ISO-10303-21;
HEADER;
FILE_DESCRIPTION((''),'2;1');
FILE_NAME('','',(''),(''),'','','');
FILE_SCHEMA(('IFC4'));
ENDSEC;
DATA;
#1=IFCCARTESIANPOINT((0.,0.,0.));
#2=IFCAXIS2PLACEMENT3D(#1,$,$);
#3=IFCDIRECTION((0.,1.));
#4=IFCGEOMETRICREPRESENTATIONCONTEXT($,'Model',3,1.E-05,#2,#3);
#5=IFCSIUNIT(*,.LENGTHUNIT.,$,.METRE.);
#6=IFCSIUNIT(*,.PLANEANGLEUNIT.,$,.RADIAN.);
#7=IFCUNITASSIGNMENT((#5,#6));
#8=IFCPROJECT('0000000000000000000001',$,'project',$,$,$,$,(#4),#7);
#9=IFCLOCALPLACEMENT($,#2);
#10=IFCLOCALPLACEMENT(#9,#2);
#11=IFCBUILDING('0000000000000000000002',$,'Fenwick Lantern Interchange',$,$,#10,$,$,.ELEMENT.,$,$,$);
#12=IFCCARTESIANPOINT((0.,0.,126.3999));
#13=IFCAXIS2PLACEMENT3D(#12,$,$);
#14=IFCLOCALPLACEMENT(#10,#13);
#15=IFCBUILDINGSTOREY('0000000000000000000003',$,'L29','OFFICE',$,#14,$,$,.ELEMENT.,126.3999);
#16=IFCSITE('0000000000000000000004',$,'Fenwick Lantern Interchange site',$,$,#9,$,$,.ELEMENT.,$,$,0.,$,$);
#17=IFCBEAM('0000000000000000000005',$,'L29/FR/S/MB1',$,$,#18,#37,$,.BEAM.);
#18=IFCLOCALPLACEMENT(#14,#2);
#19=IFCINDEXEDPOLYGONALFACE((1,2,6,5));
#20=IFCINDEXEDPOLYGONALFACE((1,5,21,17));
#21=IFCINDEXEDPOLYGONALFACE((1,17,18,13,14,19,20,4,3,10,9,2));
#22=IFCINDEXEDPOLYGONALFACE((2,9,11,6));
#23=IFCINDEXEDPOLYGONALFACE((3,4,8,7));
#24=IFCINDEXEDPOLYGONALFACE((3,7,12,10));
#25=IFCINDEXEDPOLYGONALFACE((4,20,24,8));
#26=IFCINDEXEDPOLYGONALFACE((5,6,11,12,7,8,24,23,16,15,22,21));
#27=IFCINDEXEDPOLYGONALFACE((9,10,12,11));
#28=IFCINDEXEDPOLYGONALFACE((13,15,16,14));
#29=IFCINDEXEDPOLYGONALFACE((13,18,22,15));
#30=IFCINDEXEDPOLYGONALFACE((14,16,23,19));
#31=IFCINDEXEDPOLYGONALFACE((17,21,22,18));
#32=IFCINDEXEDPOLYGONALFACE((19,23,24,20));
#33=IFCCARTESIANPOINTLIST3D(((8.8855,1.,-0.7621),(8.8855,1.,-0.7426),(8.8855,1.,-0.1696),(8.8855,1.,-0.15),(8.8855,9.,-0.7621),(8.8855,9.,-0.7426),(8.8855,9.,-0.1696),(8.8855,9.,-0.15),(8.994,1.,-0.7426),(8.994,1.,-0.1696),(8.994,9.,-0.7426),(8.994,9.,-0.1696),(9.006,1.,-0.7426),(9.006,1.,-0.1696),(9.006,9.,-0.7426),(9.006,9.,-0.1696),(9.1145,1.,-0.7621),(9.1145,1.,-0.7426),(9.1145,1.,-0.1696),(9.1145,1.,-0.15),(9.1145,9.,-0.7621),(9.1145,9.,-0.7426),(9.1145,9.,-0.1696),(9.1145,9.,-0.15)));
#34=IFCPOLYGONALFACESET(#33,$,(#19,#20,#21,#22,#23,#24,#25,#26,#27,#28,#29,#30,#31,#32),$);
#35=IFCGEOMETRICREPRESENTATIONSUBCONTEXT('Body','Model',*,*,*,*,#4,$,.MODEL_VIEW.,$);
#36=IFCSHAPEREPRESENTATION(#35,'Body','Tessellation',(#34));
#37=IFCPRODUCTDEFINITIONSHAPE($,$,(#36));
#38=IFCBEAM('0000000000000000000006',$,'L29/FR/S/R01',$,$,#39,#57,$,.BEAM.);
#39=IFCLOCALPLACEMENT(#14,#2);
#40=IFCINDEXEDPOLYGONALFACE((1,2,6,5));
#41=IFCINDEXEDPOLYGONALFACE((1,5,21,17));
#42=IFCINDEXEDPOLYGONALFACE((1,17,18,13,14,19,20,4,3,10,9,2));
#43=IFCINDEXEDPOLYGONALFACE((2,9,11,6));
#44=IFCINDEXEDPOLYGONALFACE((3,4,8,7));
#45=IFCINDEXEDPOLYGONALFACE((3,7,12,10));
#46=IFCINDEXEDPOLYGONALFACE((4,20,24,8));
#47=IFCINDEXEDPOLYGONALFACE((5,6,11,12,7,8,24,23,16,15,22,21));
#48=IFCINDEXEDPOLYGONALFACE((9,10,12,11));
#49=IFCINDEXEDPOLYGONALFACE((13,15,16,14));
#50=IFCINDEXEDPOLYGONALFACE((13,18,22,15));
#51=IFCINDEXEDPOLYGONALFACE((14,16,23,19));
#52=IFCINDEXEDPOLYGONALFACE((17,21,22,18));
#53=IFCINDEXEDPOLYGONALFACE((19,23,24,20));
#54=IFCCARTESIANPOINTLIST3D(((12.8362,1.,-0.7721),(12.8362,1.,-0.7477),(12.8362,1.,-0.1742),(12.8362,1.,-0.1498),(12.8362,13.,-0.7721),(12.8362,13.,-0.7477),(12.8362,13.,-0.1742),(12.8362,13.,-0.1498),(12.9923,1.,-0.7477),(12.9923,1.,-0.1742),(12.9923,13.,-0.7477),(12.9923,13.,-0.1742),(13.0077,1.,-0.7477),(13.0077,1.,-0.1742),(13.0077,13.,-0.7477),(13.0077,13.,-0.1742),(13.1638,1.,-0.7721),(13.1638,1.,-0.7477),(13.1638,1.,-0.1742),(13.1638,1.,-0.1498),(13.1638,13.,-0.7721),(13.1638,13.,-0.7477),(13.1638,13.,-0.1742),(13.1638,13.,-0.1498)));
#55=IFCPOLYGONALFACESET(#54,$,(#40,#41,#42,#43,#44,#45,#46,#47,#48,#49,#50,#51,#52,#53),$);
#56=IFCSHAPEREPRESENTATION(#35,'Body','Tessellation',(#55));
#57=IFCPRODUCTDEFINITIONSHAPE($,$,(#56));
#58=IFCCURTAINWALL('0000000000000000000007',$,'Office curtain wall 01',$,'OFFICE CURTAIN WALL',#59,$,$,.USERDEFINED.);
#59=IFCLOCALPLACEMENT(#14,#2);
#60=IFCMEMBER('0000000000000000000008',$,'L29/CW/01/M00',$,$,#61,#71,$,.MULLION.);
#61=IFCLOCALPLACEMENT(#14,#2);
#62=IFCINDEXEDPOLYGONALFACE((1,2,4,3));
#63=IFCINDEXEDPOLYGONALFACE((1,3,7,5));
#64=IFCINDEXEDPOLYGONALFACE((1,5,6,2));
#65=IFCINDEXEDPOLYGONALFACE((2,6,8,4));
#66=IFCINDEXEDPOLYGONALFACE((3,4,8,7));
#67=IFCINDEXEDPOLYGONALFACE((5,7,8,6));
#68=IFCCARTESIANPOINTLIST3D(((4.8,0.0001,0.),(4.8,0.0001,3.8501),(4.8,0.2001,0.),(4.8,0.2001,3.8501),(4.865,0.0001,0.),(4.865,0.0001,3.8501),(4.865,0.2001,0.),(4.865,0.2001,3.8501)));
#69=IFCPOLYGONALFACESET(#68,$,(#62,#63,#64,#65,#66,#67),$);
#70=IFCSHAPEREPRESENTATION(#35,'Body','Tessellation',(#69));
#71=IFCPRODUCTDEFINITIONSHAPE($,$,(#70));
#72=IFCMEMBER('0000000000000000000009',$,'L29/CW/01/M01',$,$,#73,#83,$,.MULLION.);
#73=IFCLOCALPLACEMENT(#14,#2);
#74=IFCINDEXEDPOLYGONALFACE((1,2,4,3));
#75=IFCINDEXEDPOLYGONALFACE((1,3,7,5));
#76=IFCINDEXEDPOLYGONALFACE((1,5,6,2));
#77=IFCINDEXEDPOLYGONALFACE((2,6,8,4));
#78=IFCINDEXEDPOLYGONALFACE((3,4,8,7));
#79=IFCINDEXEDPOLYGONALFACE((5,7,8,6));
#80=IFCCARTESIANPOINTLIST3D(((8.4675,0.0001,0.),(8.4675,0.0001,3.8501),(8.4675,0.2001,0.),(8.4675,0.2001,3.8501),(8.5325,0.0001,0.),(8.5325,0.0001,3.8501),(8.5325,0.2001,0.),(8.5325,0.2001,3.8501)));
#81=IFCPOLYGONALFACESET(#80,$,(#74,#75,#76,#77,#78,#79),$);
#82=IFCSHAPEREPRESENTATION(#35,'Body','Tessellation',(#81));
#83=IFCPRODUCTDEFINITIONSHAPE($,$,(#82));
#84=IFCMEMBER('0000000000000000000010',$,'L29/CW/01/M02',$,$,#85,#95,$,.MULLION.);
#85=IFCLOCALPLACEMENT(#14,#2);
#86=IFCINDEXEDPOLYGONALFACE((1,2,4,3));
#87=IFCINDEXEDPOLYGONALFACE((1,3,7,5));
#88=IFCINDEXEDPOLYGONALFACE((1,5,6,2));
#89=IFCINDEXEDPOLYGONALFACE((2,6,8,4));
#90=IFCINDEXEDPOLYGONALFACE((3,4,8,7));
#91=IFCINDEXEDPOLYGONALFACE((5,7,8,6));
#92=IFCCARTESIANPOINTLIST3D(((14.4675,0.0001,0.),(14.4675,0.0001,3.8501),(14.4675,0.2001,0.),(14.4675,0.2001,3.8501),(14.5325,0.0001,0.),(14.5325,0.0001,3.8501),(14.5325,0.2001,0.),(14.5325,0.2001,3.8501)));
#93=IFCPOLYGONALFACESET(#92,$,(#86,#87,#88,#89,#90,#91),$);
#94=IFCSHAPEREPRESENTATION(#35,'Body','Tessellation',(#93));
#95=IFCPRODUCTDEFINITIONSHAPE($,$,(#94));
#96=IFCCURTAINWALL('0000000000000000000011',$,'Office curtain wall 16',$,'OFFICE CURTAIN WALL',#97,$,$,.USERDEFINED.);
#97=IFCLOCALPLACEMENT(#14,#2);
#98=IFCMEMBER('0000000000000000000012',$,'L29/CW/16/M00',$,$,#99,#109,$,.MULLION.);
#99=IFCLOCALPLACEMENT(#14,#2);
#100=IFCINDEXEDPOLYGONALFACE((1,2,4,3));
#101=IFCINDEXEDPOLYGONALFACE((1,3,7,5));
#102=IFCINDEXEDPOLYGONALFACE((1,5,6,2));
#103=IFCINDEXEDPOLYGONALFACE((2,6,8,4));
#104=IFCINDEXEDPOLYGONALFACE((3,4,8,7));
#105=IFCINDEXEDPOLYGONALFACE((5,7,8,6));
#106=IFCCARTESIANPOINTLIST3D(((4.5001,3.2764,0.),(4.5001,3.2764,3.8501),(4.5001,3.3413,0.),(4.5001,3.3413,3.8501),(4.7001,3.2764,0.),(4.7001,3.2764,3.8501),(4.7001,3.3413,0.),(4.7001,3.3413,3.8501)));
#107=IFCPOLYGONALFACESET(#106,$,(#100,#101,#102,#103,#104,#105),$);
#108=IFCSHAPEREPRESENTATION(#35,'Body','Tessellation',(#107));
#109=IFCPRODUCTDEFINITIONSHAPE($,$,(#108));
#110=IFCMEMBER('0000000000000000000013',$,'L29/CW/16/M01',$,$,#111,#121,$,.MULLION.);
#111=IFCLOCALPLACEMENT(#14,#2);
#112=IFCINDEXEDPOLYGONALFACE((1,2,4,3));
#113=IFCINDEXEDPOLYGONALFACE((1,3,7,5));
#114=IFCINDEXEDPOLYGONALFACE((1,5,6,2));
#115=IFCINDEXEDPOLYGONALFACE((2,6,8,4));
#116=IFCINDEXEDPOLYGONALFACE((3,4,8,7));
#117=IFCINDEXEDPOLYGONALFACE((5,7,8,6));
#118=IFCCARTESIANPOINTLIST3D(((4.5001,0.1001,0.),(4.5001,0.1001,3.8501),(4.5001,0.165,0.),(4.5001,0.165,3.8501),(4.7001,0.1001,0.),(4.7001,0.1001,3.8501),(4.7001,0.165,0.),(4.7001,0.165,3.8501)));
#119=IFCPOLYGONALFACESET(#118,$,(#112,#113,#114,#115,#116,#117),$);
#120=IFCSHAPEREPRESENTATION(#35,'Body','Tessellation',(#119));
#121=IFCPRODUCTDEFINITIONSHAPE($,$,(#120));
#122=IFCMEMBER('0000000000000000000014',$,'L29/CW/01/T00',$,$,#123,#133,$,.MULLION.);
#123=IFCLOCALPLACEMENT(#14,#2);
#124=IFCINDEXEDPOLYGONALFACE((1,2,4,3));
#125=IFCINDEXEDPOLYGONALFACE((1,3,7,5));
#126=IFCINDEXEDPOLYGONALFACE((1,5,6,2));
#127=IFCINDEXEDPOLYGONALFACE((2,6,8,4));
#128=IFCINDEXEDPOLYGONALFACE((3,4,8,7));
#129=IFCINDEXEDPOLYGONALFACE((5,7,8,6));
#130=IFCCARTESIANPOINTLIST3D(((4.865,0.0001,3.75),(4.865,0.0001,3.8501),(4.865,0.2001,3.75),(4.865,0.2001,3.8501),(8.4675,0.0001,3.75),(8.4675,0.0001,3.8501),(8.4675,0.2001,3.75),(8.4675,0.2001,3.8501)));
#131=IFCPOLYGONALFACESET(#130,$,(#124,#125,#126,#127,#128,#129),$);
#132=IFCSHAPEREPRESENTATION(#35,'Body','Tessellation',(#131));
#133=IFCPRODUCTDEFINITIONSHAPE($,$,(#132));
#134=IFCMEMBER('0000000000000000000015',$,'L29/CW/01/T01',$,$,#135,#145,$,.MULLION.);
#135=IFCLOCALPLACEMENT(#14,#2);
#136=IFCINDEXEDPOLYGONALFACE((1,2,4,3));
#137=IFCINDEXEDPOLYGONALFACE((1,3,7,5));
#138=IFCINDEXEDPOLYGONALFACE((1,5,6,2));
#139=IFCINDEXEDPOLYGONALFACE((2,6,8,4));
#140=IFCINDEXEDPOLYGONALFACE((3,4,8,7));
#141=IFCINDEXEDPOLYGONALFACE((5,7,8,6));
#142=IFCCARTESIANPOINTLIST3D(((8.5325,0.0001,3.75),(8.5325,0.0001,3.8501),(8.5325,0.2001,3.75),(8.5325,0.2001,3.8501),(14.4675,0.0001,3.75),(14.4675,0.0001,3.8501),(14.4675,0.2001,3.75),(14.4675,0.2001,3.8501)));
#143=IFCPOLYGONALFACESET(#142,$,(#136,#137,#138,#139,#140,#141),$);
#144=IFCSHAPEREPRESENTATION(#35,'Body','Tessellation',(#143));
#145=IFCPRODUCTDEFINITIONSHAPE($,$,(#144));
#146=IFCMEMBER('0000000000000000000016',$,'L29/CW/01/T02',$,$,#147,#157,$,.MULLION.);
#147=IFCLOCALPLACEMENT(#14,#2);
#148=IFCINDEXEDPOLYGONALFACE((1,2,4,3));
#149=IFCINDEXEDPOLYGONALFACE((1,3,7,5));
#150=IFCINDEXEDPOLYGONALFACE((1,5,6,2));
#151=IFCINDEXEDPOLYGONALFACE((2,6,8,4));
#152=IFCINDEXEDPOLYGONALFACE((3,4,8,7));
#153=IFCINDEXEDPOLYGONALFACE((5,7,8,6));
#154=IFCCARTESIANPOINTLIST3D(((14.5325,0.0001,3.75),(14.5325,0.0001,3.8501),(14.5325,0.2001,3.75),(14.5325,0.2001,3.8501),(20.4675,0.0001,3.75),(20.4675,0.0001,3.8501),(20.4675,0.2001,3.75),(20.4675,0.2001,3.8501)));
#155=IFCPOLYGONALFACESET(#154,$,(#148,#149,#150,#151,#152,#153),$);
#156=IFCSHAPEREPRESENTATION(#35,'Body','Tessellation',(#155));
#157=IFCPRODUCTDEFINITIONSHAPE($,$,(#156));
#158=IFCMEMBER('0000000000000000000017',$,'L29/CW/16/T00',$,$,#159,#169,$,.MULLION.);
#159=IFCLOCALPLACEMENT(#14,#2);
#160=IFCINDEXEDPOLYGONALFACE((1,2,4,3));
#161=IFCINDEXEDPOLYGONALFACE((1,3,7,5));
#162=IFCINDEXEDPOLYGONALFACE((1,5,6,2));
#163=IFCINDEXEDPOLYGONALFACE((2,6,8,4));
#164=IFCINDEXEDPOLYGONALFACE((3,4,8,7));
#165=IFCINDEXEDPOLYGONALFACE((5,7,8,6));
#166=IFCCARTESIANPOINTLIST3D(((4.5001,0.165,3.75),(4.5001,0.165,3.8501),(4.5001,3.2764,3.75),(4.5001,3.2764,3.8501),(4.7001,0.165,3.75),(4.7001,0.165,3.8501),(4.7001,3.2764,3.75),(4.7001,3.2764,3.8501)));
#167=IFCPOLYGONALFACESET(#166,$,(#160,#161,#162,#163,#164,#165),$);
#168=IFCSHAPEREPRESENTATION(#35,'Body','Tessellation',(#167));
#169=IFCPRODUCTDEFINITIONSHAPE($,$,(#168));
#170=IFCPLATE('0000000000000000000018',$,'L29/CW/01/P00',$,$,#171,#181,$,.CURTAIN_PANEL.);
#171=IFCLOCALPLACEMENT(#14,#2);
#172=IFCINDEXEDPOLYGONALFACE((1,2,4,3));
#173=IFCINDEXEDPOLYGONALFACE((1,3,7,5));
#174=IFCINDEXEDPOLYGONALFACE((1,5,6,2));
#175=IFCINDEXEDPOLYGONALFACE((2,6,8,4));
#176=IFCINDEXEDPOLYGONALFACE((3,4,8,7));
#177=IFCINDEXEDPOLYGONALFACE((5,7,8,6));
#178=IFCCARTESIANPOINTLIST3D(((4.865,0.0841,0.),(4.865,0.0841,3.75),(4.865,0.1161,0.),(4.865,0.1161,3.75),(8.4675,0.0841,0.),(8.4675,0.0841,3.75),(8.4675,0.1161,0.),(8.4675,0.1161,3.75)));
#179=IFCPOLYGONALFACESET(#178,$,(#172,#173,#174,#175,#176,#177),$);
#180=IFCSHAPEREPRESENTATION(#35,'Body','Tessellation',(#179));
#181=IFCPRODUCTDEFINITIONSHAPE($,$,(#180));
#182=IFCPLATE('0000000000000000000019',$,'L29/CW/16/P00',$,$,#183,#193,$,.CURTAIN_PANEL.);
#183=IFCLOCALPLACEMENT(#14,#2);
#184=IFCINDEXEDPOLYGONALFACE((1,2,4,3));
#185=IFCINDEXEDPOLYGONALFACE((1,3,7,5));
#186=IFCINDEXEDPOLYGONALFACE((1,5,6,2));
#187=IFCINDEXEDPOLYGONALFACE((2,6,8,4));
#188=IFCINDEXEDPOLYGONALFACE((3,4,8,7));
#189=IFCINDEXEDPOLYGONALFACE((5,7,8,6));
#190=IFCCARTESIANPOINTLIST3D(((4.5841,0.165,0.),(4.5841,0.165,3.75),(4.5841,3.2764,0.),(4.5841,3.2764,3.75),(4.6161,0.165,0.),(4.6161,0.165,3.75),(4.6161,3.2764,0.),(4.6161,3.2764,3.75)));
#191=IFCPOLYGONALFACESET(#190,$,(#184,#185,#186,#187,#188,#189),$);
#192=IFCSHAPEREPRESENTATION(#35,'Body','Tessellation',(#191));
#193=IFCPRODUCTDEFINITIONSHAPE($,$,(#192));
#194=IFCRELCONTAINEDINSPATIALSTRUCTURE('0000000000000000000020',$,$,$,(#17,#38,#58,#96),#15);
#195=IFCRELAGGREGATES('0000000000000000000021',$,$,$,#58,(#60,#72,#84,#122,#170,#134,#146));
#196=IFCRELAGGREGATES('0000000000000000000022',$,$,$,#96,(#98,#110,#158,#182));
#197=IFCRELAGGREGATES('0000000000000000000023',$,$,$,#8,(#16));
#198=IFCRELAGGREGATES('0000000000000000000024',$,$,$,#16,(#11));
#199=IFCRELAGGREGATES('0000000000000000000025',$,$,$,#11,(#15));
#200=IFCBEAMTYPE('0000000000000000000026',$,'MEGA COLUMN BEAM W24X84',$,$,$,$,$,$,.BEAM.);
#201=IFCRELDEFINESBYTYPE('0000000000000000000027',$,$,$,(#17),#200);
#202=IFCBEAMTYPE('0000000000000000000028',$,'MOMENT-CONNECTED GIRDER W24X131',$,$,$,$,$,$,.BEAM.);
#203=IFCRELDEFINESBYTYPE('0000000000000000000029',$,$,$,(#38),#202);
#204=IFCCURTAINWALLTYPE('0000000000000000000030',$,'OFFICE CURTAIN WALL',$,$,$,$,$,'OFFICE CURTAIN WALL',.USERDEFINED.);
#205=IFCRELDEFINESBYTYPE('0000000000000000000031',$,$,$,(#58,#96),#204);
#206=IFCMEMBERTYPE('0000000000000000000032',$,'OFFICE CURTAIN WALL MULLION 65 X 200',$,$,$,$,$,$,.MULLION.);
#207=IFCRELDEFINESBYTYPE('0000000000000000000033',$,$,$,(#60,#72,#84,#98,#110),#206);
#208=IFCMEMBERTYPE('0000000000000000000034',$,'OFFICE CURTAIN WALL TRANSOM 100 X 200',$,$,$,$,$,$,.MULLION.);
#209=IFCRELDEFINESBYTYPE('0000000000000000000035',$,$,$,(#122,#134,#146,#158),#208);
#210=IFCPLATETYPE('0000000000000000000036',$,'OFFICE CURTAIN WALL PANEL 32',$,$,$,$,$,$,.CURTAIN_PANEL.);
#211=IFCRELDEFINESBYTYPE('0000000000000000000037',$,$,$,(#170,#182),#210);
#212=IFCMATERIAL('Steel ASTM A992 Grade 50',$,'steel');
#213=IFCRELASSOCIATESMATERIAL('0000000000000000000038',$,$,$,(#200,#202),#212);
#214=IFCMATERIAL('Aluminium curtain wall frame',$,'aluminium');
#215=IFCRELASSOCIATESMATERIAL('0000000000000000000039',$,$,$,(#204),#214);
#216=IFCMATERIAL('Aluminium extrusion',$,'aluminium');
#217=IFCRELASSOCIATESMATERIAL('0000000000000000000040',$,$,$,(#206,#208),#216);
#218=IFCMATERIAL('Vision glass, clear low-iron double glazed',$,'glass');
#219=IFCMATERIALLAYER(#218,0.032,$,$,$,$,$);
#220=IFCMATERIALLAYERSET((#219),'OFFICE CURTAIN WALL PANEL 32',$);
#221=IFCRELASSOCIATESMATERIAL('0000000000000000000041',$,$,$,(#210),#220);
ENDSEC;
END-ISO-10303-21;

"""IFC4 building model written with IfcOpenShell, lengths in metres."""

from ifc_helpers import new_model, si_unit, direction, frame, origin, origin_2d, place, context, subcontext, project, spatial, rectangle, i_section, extrude, material, layer, layer_set, material_profile, profile_set, type_object, element, aggregate, save


model = new_model("IFC4")

# Units and contexts
model_context = context("Model", 3, precision=1e-05, world=origin(), true_north=direction((0.0, 1.0)))
body_context = subcontext(model_context, "Body", "Model", "MODEL_VIEW")
ifc_project = project(units=[si_unit("LENGTHUNIT", "METRE"), si_unit("PLANEANGLEUNIT", "RADIAN")], contexts=[model_context])

# Site, building, storey
site_placement = place(None, origin())
site = spatial("IfcSite", under=ifc_project, at=site_placement, Name="Fenwick Lantern Interchange site", CompositionType="ELEMENT", RefElevation=0.0)
building_placement = place(site_placement, origin())
building = spatial("IfcBuilding", under=site, at=building_placement, Name="Fenwick Lantern Interchange", CompositionType="ELEMENT")
storey_placement = place(building_placement, frame((0.0, 0.0, 126.3999)))
storey = spatial("IfcBuildingStorey", under=building, at=storey_placement, Name="L29", Description="OFFICE", CompositionType="ELEMENT", Elevation=126.3999)

# Shared definitions
ifc_material_1 = material(Name="Steel ASTM A992 Grade 50", Category="steel")

# Beams
ifc_material_profile_1 = material_profile(ifc_material_1, i_section(OverallWidth=0.229, OverallDepth=0.6121, WebThickness=0.012, FlangeThickness=0.0195, at=origin_2d()), Name="W24X84")
ifc_profile_set_1 = profile_set([ifc_material_profile_1], Name="Steel ASTM A992 Grade 50")
beam_type_1 = type_object("IfcBeamType", Name="MEGA COLUMN BEAM W24X84", PredefinedType="BEAM", material=ifc_profile_set_1)
beam_1_placement = place(storey_placement, frame((9.0, 9.0, -0.4561), z_axis=(0.0, -1.0, 0.0), x_axis=(1.0, 0.0, 0.0)))
element("IfcBeam", 1, at=beam_1_placement, inside=storey, type_object=beam_type_1, Name="L29/FR/S/MB1", PredefinedType="BEAM", context=body_context, shape_type="SweptSolid", body=[
    extrude(i_section(OverallWidth=0.229, OverallDepth=0.6121, WebThickness=0.012, FlangeThickness=0.0195, at=origin_2d()), origin(), (0.0, 0.0, 1.0), 8.0),
])
ifc_material_profile_2 = material_profile(ifc_material_1, i_section(OverallWidth=0.3276, OverallDepth=0.6223, WebThickness=0.0154, FlangeThickness=0.0244, at=origin_2d()), Name="W24X131")
ifc_profile_set_2 = profile_set([ifc_material_profile_2], Name="Steel ASTM A992 Grade 50")
beam_type_2 = type_object("IfcBeamType", Name="MOMENT-CONNECTED GIRDER W24X131", PredefinedType="BEAM", material=ifc_profile_set_2)
beam_2_placement = place(storey_placement, frame((13.0, 1.0, -0.4609), z_axis=(0.0, 1.0, 0.0), x_axis=(-1.0, 0.0, 0.0)))
element("IfcBeam", 2, at=beam_2_placement, inside=storey, type_object=beam_type_2, Name="L29/FR/S/R01", PredefinedType="BEAM", context=body_context, shape_type="SweptSolid", body=[
    extrude(i_section(OverallWidth=0.3276, OverallDepth=0.6223, WebThickness=0.0154, FlangeThickness=0.0244, at=origin_2d()), origin(), (0.0, 0.0, 1.0), 12.0),
])

# Curtain walls, members
ifc_material_2 = material(Name="Aluminium curtain wall frame", Category="aluminium")
curtain_wall_type = type_object("IfcCurtainWallType", Name="OFFICE CURTAIN WALL", ElementType="OFFICE CURTAIN WALL", PredefinedType="USERDEFINED", material=ifc_material_2)
curtain_wall_1_placement = place(storey_placement, origin())
curtain_wall_1 = element("IfcCurtainWall", 3, at=curtain_wall_1_placement, inside=storey, type_object=curtain_wall_type, Name="Office curtain wall 01", ObjectType="OFFICE CURTAIN WALL", PredefinedType="USERDEFINED")
ifc_material_3 = material(Name="Aluminium extrusion", Category="aluminium")
ifc_material_profile_3 = material_profile(ifc_material_3, rectangle(XDim=0.2, YDim=0.0649, at=origin_2d()), Name="OFFICE CURTAIN WALL MULLION 65 X 200")
ifc_profile_set_3 = profile_set([ifc_material_profile_3], Name="Aluminium extrusion")
member_type_1 = type_object("IfcMemberType", Name="OFFICE CURTAIN WALL MULLION 65 X 200", PredefinedType="MULLION", material=ifc_profile_set_3)
member_1_placement = place(storey_placement, frame((4.8325, 0.1001, 0.0), z_axis=(0.0, 0.0, 1.0), x_axis=(0.0, 1.0, 0.0)))
member_1 = element("IfcMember", 4, at=member_1_placement, type_object=member_type_1, Name="L29/CW/01/M00", PredefinedType="MULLION", context=body_context, shape_type="SweptSolid", body=[
    extrude(rectangle(XDim=0.2, YDim=0.0649, at=origin_2d()), origin(), (0.0, 0.0, 1.0), 3.8501),
])
member_2_placement = place(storey_placement, frame((8.5, 0.1001, 0.0), z_axis=(0.0, 0.0, 1.0), x_axis=(0.0, 1.0, 0.0)))
member_2 = element("IfcMember", 5, at=member_2_placement, type_object=member_type_1, Name="L29/CW/01/M01", PredefinedType="MULLION", context=body_context, shape_type="SweptSolid", body=[
    extrude(rectangle(XDim=0.2, YDim=0.0649, at=origin_2d()), origin(), (0.0, 0.0, 1.0), 3.8501),
])
member_3_placement = place(storey_placement, frame((14.5, 0.1001, 0.0), z_axis=(0.0, 0.0, 1.0), x_axis=(0.0, 1.0, 0.0)))
member_3 = element("IfcMember", 6, at=member_3_placement, type_object=member_type_1, Name="L29/CW/01/M02", PredefinedType="MULLION", context=body_context, shape_type="SweptSolid", body=[
    extrude(rectangle(XDim=0.2, YDim=0.0649, at=origin_2d()), origin(), (0.0, 0.0, 1.0), 3.8501),
])
curtain_wall_2_placement = place(storey_placement, origin())
curtain_wall_2 = element("IfcCurtainWall", 7, at=curtain_wall_2_placement, inside=storey, type_object=curtain_wall_type, Name="Office curtain wall 16", ObjectType="OFFICE CURTAIN WALL", PredefinedType="USERDEFINED")
member_4_placement = place(storey_placement, frame((4.6001, 3.3088, 0.0), z_axis=(0.0, 0.0, 1.0), x_axis=(1.0, 0.0, 0.0)))
member_4 = element("IfcMember", 8, at=member_4_placement, type_object=member_type_1, Name="L29/CW/16/M00", PredefinedType="MULLION", context=body_context, shape_type="SweptSolid", body=[
    extrude(rectangle(XDim=0.2, YDim=0.0649, at=origin_2d()), origin(), (0.0, 0.0, 1.0), 3.8501),
])
member_5_placement = place(storey_placement, frame((4.6001, 0.1326, 0.0), z_axis=(0.0, 0.0, 1.0), x_axis=(1.0, 0.0, 0.0)))
member_5 = element("IfcMember", 9, at=member_5_placement, type_object=member_type_1, Name="L29/CW/16/M01", PredefinedType="MULLION", context=body_context, shape_type="SweptSolid", body=[
    extrude(rectangle(XDim=0.2, YDim=0.0649, at=origin_2d()), origin(), (0.0, 0.0, 1.0), 3.8501),
])

# Members
ifc_material_profile_4 = material_profile(ifc_material_3, rectangle(XDim=0.2, YDim=0.1001, at=origin_2d()), Name="OFFICE CURTAIN WALL TRANSOM 100 X 200")
ifc_profile_set_4 = profile_set([ifc_material_profile_4], Name="Aluminium extrusion")
member_type_2 = type_object("IfcMemberType", Name="OFFICE CURTAIN WALL TRANSOM 100 X 200", PredefinedType="MULLION", material=ifc_profile_set_4)
member_6_placement = place(storey_placement, frame((4.865, 0.1001, 3.8), z_axis=(1.0, 0.0, 0.0), x_axis=(0.0, 1.0, 0.0)))
member_6 = element("IfcMember", 10, at=member_6_placement, type_object=member_type_2, Name="L29/CW/01/T00", PredefinedType="MULLION", context=body_context, shape_type="SweptSolid", body=[
    extrude(rectangle(XDim=0.2, YDim=0.1001, at=origin_2d()), origin(), (0.0, 0.0, 1.0), 3.6025),
])
member_7_placement = place(storey_placement, frame((8.5325, 0.1001, 3.8), z_axis=(1.0, 0.0, 0.0), x_axis=(0.0, 1.0, 0.0)))
member_7 = element("IfcMember", 11, at=member_7_placement, type_object=member_type_2, Name="L29/CW/01/T01", PredefinedType="MULLION", context=body_context, shape_type="SweptSolid", body=[
    extrude(rectangle(XDim=0.2, YDim=0.1001, at=origin_2d()), origin(), (0.0, 0.0, 1.0), 5.9351),
])
member_8_placement = place(storey_placement, frame((14.5325, 0.1001, 3.8), z_axis=(1.0, 0.0, 0.0), x_axis=(0.0, 1.0, 0.0)))
member_8 = element("IfcMember", 12, at=member_8_placement, type_object=member_type_2, Name="L29/CW/01/T02", PredefinedType="MULLION", context=body_context, shape_type="SweptSolid", body=[
    extrude(rectangle(XDim=0.2, YDim=0.1001, at=origin_2d()), origin(), (0.0, 0.0, 1.0), 5.9351),
])
member_9_placement = place(storey_placement, frame((4.6001, 3.2764, 3.8), z_axis=(0.0, -1.0, 0.0), x_axis=(1.0, 0.0, 0.0)))
member_9 = element("IfcMember", 13, at=member_9_placement, type_object=member_type_2, Name="L29/CW/16/T00", PredefinedType="MULLION", context=body_context, shape_type="SweptSolid", body=[
    extrude(rectangle(XDim=0.2, YDim=0.1001, at=origin_2d()), origin(), (0.0, 0.0, 1.0), 3.1113),
])

# Plates
ifc_material_4 = material(Name="Vision glass, clear low-iron double glazed", Category="glass")
ifc_layer_1 = layer(ifc_material_4, 0.032)
ifc_layer_set_1 = layer_set([ifc_layer_1], Name="OFFICE CURTAIN WALL PANEL 32")
plate_type = type_object("IfcPlateType", Name="OFFICE CURTAIN WALL PANEL 32", PredefinedType="CURTAIN_PANEL", material=ifc_layer_set_1)
plate_1_placement = place(storey_placement, frame((6.6663, 0.1001, 0.0), z_axis=(0.0, 0.0, 1.0), x_axis=(1.0, 0.0, 0.0)))
plate_1 = element("IfcPlate", 14, at=plate_1_placement, type_object=plate_type, Name="L29/CW/01/P00", PredefinedType="CURTAIN_PANEL", context=body_context, shape_type="SweptSolid", body=[
    extrude(rectangle(XDim=3.6025, YDim=0.032, at=origin_2d()), origin(), (0.0, 0.0, 1.0), 3.75),
])
aggregate(curtain_wall_1, [member_1, member_2, member_3, member_6, plate_1, member_7, member_8])
plate_2_placement = place(storey_placement, frame((4.6001, 1.7207, 0.0), z_axis=(0.0, 0.0, 1.0), x_axis=(0.0, -1.0, 0.0)))
plate_2 = element("IfcPlate", 15, at=plate_2_placement, type_object=plate_type, Name="L29/CW/16/P00", PredefinedType="CURTAIN_PANEL", context=body_context, shape_type="SweptSolid", body=[
    extrude(rectangle(XDim=3.1113, YDim=0.032, at=origin_2d()), origin(), (0.0, 0.0, 1.0), 3.75),
])
aggregate(curtain_wall_2, [member_4, member_5, member_9, plate_2])

save(model, "model.ifc")
